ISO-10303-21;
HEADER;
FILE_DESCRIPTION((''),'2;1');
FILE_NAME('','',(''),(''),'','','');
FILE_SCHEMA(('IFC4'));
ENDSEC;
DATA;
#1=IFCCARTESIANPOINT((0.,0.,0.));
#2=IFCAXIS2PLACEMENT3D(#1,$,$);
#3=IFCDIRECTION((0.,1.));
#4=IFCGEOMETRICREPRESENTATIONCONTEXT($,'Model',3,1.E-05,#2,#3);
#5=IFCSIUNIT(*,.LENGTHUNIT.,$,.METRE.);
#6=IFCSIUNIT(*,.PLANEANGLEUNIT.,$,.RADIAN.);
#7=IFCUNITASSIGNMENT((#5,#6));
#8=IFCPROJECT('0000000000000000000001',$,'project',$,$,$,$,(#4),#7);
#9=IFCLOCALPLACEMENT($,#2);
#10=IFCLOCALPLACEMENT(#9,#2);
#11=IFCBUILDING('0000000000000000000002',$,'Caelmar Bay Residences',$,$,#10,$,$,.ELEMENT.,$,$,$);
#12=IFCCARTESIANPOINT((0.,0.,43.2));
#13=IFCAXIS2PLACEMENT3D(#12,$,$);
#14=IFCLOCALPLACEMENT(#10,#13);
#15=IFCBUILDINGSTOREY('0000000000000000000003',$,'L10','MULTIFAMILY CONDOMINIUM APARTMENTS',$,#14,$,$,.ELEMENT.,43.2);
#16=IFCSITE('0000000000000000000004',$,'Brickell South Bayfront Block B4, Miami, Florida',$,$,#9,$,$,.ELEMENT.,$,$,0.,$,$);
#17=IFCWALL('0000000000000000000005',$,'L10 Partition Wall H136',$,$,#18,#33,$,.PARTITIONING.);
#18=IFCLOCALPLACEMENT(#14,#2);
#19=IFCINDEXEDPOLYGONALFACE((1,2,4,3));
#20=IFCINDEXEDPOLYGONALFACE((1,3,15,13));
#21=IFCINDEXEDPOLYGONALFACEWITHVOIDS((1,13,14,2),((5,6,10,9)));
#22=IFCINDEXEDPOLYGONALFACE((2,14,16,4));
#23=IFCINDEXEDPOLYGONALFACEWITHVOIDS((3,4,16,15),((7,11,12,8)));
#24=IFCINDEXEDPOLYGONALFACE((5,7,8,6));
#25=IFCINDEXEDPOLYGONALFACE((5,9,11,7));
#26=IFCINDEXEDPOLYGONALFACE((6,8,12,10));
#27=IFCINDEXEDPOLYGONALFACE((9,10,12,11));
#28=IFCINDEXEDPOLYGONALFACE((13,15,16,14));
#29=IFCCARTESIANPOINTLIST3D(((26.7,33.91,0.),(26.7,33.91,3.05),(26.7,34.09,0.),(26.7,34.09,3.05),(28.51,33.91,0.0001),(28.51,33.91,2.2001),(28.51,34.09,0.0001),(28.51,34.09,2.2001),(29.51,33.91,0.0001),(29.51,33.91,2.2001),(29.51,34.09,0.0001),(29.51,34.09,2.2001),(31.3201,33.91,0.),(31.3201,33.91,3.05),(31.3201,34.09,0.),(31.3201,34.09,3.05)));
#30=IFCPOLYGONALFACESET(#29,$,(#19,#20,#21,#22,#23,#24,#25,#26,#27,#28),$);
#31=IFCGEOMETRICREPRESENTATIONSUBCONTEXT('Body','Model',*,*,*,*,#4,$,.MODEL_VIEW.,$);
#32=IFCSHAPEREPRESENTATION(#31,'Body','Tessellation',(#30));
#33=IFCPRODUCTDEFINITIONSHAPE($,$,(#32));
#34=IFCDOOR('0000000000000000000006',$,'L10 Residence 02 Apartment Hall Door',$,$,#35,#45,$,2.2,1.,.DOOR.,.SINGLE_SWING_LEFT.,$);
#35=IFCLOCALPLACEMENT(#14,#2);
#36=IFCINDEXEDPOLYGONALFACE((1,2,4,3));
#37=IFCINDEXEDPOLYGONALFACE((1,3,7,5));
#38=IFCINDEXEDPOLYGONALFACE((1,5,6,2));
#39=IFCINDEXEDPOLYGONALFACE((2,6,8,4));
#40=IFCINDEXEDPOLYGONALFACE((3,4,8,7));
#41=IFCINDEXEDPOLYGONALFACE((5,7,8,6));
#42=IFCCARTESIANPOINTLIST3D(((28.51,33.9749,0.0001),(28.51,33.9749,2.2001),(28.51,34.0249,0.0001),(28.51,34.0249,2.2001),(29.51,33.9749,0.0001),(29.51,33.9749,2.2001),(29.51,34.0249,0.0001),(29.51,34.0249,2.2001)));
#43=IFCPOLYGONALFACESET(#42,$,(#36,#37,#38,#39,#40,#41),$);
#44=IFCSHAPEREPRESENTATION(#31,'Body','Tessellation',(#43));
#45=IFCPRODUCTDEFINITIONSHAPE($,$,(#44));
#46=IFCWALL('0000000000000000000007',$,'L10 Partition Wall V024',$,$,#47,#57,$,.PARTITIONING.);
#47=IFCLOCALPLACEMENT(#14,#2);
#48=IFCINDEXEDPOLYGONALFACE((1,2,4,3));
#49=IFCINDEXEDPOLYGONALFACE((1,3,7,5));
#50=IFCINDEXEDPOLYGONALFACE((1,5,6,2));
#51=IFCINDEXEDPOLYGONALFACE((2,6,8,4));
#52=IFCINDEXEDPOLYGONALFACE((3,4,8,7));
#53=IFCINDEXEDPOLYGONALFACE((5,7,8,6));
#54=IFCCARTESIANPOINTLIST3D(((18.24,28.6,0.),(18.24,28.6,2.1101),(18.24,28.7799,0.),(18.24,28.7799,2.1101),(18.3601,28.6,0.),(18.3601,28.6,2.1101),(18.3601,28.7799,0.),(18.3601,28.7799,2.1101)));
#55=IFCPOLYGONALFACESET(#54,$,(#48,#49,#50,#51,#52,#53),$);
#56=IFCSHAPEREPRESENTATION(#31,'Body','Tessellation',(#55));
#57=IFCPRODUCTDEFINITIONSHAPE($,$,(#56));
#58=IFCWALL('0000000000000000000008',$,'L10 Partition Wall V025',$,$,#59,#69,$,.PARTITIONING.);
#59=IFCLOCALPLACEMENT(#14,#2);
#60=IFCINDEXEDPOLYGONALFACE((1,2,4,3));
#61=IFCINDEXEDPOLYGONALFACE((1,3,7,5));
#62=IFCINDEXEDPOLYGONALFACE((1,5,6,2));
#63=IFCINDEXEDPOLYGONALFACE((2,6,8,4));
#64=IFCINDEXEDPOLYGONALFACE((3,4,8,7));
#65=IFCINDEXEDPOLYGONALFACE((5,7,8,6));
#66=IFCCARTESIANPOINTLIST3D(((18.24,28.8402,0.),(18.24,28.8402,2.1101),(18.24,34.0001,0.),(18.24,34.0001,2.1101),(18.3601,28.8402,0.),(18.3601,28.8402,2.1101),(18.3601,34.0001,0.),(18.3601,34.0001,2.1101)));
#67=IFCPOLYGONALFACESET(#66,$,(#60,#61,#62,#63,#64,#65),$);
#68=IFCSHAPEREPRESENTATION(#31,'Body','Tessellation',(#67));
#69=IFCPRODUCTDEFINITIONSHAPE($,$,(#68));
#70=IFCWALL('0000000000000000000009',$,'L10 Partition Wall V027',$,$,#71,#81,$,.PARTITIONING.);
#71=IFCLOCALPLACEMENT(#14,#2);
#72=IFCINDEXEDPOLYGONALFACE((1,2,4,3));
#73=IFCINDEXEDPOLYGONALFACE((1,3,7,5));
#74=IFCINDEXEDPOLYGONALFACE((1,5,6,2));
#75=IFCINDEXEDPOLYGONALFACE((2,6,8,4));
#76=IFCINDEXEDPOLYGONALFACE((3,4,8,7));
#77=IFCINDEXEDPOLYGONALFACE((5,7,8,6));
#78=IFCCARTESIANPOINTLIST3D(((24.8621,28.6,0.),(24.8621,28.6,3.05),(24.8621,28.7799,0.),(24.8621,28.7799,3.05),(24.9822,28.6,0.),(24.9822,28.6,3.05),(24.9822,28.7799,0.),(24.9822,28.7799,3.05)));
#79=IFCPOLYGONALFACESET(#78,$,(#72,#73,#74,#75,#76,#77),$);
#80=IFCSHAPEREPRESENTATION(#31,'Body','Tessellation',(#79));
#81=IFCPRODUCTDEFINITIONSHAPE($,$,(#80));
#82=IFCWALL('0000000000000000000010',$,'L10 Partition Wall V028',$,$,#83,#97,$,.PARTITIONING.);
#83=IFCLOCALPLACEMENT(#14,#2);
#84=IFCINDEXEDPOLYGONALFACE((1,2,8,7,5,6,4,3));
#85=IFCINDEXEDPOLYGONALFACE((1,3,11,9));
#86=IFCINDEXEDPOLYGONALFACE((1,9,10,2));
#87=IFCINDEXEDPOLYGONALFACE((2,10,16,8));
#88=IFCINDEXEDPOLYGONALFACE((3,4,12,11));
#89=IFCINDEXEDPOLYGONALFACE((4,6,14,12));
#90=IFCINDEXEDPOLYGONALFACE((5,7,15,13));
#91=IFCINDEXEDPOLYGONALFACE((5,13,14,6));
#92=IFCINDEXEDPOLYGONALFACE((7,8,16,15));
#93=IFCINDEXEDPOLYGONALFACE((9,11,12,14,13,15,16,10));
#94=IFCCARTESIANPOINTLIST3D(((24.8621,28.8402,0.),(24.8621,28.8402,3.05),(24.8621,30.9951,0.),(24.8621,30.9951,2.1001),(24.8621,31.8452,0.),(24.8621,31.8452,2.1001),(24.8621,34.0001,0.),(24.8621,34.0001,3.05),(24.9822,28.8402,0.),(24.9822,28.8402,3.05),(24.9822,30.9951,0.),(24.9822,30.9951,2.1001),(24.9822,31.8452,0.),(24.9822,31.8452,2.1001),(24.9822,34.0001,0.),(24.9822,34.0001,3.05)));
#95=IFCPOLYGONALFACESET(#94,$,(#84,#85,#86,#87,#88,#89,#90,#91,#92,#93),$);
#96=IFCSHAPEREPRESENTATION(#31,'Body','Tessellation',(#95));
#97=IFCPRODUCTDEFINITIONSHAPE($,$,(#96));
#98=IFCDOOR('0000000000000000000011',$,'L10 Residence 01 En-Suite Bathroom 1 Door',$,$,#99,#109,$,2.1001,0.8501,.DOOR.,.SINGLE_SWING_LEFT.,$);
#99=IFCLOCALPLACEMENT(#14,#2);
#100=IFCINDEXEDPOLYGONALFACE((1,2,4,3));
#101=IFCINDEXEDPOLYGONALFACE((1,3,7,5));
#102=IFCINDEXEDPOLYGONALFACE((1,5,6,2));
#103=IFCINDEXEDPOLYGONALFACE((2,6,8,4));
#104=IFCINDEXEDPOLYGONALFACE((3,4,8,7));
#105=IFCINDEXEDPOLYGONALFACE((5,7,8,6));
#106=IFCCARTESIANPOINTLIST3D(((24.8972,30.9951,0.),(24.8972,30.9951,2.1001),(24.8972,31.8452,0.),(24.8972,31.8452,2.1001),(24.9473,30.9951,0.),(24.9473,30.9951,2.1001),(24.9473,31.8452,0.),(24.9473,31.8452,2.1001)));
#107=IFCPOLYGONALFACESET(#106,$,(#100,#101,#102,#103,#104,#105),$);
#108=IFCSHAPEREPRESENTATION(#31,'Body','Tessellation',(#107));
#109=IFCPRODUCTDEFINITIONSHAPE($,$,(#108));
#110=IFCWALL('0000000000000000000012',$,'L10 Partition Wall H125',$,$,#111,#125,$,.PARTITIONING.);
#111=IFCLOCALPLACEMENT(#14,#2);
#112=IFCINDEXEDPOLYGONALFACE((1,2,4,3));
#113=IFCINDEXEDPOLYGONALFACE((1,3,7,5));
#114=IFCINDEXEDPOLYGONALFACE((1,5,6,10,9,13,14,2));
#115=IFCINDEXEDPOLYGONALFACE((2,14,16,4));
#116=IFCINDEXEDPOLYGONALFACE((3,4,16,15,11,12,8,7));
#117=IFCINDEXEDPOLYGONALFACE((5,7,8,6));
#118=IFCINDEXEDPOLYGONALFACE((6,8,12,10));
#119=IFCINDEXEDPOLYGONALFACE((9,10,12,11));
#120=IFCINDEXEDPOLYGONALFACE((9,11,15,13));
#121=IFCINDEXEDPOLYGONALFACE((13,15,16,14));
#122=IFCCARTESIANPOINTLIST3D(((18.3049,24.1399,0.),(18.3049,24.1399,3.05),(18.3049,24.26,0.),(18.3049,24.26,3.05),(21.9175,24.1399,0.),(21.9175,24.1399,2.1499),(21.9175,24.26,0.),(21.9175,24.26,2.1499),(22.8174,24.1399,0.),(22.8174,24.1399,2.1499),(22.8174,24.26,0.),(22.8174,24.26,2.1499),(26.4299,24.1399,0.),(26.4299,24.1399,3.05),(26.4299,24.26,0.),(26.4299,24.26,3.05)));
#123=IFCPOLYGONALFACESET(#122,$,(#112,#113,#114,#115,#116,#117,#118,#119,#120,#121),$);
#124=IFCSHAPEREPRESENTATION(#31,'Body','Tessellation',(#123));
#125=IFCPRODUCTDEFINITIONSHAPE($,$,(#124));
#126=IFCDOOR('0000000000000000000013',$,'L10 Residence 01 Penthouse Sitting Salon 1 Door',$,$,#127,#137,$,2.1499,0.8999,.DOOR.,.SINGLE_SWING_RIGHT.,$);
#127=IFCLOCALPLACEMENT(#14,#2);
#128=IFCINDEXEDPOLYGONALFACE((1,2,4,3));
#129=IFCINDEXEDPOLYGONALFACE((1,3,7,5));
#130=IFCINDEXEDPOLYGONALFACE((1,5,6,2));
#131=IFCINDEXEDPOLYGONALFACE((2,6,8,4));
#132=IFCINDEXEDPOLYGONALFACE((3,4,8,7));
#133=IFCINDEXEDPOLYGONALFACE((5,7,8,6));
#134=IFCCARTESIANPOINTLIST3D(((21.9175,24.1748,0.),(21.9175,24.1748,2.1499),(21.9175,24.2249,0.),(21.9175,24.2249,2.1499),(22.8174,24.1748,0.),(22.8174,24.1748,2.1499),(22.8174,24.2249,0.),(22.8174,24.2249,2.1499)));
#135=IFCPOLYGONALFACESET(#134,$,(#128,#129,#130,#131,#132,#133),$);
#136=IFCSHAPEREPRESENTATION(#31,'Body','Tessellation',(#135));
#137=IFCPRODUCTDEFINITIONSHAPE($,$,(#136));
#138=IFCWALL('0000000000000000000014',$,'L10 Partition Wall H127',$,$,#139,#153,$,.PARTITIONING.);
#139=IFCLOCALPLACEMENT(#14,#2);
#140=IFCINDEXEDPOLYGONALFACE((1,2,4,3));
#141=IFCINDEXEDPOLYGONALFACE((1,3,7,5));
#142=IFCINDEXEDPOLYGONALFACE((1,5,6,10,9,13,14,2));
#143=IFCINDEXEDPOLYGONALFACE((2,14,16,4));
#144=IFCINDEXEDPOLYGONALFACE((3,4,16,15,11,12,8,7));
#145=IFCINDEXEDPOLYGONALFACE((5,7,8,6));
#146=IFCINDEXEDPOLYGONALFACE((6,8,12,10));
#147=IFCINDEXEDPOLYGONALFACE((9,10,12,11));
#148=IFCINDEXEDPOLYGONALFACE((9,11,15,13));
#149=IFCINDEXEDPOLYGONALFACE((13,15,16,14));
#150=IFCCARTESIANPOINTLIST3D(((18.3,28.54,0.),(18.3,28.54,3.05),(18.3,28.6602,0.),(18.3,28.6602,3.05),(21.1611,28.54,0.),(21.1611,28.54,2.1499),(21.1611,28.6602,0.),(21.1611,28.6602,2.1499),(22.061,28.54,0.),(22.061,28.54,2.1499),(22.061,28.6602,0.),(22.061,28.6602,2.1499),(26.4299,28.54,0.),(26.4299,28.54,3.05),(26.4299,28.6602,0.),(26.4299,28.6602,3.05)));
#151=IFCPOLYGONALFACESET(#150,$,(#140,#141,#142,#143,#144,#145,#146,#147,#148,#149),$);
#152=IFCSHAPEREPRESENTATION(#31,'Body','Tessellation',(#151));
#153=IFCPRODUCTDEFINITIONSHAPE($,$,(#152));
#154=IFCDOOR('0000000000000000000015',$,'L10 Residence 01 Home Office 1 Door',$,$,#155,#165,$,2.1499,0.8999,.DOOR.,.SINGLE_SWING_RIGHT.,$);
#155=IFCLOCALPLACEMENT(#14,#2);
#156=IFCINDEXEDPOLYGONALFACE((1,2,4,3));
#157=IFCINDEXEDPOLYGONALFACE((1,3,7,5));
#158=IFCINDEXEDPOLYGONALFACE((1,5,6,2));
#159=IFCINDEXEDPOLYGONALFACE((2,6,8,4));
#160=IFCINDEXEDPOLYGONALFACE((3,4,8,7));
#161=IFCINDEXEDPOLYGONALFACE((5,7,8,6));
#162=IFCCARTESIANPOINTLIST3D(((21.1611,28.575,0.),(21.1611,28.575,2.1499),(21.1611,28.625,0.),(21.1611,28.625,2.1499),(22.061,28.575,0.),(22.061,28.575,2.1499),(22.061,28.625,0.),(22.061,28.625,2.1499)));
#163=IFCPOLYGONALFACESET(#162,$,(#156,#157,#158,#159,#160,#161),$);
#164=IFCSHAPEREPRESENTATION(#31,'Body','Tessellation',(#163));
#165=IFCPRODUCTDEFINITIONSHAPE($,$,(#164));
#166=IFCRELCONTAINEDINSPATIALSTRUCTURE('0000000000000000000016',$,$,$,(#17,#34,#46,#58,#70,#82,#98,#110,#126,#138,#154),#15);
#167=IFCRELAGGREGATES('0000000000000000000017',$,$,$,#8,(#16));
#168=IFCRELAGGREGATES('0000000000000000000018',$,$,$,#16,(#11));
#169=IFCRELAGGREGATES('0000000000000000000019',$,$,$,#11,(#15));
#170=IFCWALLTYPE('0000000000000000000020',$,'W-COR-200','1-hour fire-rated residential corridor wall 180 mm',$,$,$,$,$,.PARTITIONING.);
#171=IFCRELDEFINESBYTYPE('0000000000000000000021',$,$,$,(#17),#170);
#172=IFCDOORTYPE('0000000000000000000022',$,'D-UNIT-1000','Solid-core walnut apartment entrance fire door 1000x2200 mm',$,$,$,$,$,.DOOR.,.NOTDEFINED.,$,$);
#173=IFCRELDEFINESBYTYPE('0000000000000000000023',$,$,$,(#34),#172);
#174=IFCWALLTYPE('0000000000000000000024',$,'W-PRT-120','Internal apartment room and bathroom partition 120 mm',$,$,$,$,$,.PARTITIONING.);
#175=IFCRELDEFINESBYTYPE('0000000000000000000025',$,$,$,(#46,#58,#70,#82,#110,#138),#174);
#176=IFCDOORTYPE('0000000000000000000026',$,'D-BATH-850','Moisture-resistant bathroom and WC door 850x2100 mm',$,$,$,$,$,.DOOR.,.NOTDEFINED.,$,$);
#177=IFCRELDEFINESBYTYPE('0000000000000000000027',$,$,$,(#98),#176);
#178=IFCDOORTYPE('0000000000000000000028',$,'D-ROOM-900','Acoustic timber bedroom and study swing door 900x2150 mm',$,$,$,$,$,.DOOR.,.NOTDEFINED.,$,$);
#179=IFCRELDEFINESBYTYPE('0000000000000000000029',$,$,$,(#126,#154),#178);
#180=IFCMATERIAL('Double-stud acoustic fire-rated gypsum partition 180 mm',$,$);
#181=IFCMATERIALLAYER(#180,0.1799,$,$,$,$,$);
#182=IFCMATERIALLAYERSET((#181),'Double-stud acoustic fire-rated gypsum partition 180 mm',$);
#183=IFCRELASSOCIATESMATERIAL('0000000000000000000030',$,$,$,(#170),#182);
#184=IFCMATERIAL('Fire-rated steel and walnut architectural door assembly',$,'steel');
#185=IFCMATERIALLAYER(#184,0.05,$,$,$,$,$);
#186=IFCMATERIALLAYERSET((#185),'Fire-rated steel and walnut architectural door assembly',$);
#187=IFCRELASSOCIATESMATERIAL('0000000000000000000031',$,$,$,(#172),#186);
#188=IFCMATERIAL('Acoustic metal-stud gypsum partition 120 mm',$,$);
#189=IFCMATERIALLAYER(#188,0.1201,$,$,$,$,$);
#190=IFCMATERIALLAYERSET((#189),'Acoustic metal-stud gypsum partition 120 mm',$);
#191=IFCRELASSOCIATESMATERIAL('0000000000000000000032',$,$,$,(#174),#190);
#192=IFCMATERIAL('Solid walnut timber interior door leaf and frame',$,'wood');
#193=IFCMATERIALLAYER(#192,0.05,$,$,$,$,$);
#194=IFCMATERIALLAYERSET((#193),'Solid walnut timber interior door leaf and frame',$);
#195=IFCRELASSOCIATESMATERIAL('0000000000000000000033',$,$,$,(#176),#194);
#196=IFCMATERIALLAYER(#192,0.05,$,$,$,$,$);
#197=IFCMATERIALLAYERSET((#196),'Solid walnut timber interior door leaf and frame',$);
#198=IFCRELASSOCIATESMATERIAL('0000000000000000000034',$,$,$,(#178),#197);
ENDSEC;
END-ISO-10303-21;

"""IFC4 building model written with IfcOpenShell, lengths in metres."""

from ifc_helpers import new_model, si_unit, direction, frame, frame_2d, origin, place, context, subcontext, project, spatial, rectangle, extrude, material, layer, layer_set, type_object, element, fill, save


model = new_model("IFC4")

# Units and contexts
model_context = context("Model", 3, precision=1e-05, world=origin(), true_north=direction((0.0, 1.0)))
body_context = subcontext(model_context, "Body", "Model", "MODEL_VIEW")
ifc_project = project(units=[si_unit("LENGTHUNIT", "METRE"), si_unit("PLANEANGLEUNIT", "RADIAN")], contexts=[model_context])

# Site, building, storey
site_placement = place(None, origin())
site = spatial("IfcSite", under=ifc_project, at=site_placement, Name="Brickell South Bayfront Block B4, Miami, Florida", CompositionType="ELEMENT", RefElevation=0.0)
building_placement = place(site_placement, origin())
building = spatial("IfcBuilding", under=site, at=building_placement, Name="Caelmar Bay Residences", CompositionType="ELEMENT")
storey_placement = place(building_placement, frame((0.0, 0.0, 43.2)))
storey = spatial("IfcBuildingStorey", under=building, at=storey_placement, Name="L10", Description="MULTIFAMILY CONDOMINIUM APARTMENTS", CompositionType="ELEMENT", Elevation=43.2)

# Wall, opening, door
ifc_material_1 = material(Name="Double-stud acoustic fire-rated gypsum partition 180 mm")
ifc_layer_1 = layer(ifc_material_1, 0.1799)
ifc_layer_set_1 = layer_set([ifc_layer_1], Name="Double-stud acoustic fire-rated gypsum partition 180 mm")
wall_type_1 = type_object("IfcWallType", Name="W-COR-200", Description="1-hour fire-rated residential corridor wall 180 mm", PredefinedType="PARTITIONING", material=ifc_layer_set_1)
wall_1_placement = place(storey_placement, frame((26.7, 34.0, 0.0), z_axis=(0.0, 0.0, 1.0), x_axis=(1.0, 0.0, 0.0)))
wall_1 = element("IfcWall", 1, at=wall_1_placement, inside=storey, type_object=wall_type_1, Name="L10 Partition Wall H136", PredefinedType="PARTITIONING", context=body_context, shape_type="SweptSolid", body=[
    extrude(rectangle(XDim=4.6201, YDim=0.1799, at=frame_2d((2.3101, 0.0))), origin(), (0.0, 0.0, 1.0), 3.05),
])
opening_1_placement = place(wall_1_placement, frame((1.8101, 0.0, 0.0)))
opening_1 = element("IfcOpeningElement", 2, at=opening_1_placement, cuts=wall_1, PredefinedType="OPENING", context=body_context, shape_type="SweptSolid", body=[
    extrude(rectangle(XDim=1.0, YDim=2.2, at=frame_2d((0.5, 1.1001))), frame((0.0, 0.0999, 0.0), z_axis=(0.0, -1.0, 0.0), x_axis=(1.0, 0.0, 0.0)), (0.0, 0.0, 1.0), 0.2),
])
ifc_material_2 = material(Name="Fire-rated steel and walnut architectural door assembly", Category="steel")
ifc_layer_2 = layer(ifc_material_2, 0.05)
ifc_layer_set_2 = layer_set([ifc_layer_2], Name="Fire-rated steel and walnut architectural door assembly")
door_type_1 = type_object("IfcDoorType", Name="D-UNIT-1000", Description="Solid-core walnut apartment entrance fire door 1000x2200 mm", OperationType="NOTDEFINED", PredefinedType="DOOR", material=ifc_layer_set_2)
door_1_placement = place(opening_1_placement, origin())
door_1 = element("IfcDoor", 3, at=door_1_placement, inside=storey, type_object=door_type_1, Name="L10 Residence 02 Apartment Hall Door", OperationType="SINGLE_SWING_LEFT", OverallHeight=2.2, OverallWidth=1.0, PredefinedType="DOOR", context=body_context, shape_type="SweptSolid", body=[
    extrude(rectangle(XDim=1.0, YDim=2.2, at=frame_2d((0.5, 1.1001))), frame((0.0, 0.0249, 0.0), z_axis=(0.0, -1.0, 0.0), x_axis=(1.0, 0.0, 0.0)), (0.0, 0.0, 1.0), 0.05),
])
fill(opening_1, door_1)

# Walls
ifc_material_3 = material(Name="Acoustic metal-stud gypsum partition 120 mm")
ifc_layer_3 = layer(ifc_material_3, 0.1201)
ifc_layer_set_3 = layer_set([ifc_layer_3], Name="Acoustic metal-stud gypsum partition 120 mm")
wall_type_2 = type_object("IfcWallType", Name="W-PRT-120", Description="Internal apartment room and bathroom partition 120 mm", PredefinedType="PARTITIONING", material=ifc_layer_set_3)
wall_2_placement = place(storey_placement, frame((18.3, 28.6001, 0.0), z_axis=(0.0, 0.0, 1.0), x_axis=(0.0, 1.0, 0.0)))
element("IfcWall", 4, at=wall_2_placement, inside=storey, type_object=wall_type_2, Name="L10 Partition Wall V024", PredefinedType="PARTITIONING", context=body_context, shape_type="SweptSolid", body=[
    extrude(rectangle(XDim=0.1799, YDim=0.1201, at=frame_2d((0.0898, 0.0))), origin(), (0.0, 0.0, 1.0), 2.1101),
])
wall_3_placement = place(storey_placement, frame((18.3, 28.8401, 0.0), z_axis=(0.0, 0.0, 1.0), x_axis=(0.0, 1.0, 0.0)))
element("IfcWall", 5, at=wall_3_placement, inside=storey, type_object=wall_type_2, Name="L10 Partition Wall V025", PredefinedType="PARTITIONING", context=body_context, shape_type="SweptSolid", body=[
    extrude(rectangle(XDim=5.1599, YDim=0.1201, at=frame_2d((2.5801, 0.0))), origin(), (0.0, 0.0, 1.0), 2.1101),
])
wall_4_placement = place(storey_placement, frame((24.9221, 28.6001, 0.0), z_axis=(0.0, 0.0, 1.0), x_axis=(0.0, 1.0, 0.0)))
element("IfcWall", 6, at=wall_4_placement, inside=storey, type_object=wall_type_2, Name="L10 Partition Wall V027", PredefinedType="PARTITIONING", context=body_context, shape_type="SweptSolid", body=[
    extrude(rectangle(XDim=0.1799, YDim=0.1201, at=frame_2d((0.0898, 0.0))), origin(), (0.0, 0.0, 1.0), 3.05),
])

# Walls, openings, doors
wall_5_placement = place(storey_placement, frame((24.9221, 28.8401, 0.0), z_axis=(0.0, 0.0, 1.0), x_axis=(0.0, 1.0, 0.0)))
wall_5 = element("IfcWall", 7, at=wall_5_placement, inside=storey, type_object=wall_type_2, Name="L10 Partition Wall V028", PredefinedType="PARTITIONING", context=body_context, shape_type="SweptSolid", body=[
    extrude(rectangle(XDim=5.1599, YDim=0.1201, at=frame_2d((2.5801, 0.0))), origin(), (0.0, 0.0, 1.0), 3.05),
])
opening_2_placement = place(wall_5_placement, frame((2.155, 0.0, 0.0)))
opening_2 = element("IfcOpeningElement", 8, at=opening_2_placement, cuts=wall_5, PredefinedType="OPENING", context=body_context, shape_type="SweptSolid", body=[
    extrude(rectangle(XDim=0.8501, YDim=2.1001, at=frame_2d((0.425, 1.05))), frame((0.0, 0.0701, 0.0), z_axis=(0.0, -1.0, 0.0), x_axis=(1.0, 0.0, 0.0)), (0.0, 0.0, 1.0), 0.1401),
])
ifc_material_4 = material(Name="Solid walnut timber interior door leaf and frame", Category="wood")
ifc_layer_4 = layer(ifc_material_4, 0.05)
ifc_layer_set_4 = layer_set([ifc_layer_4], Name="Solid walnut timber interior door leaf and frame")
door_type_2 = type_object("IfcDoorType", Name="D-BATH-850", Description="Moisture-resistant bathroom and WC door 850x2100 mm", OperationType="NOTDEFINED", PredefinedType="DOOR", material=ifc_layer_set_4)
door_2_placement = place(opening_2_placement, origin())
door_2 = element("IfcDoor", 9, at=door_2_placement, inside=storey, type_object=door_type_2, Name="L10 Residence 01 En-Suite Bathroom 1 Door", OperationType="SINGLE_SWING_LEFT", OverallHeight=2.1001, OverallWidth=0.8501, PredefinedType="DOOR", context=body_context, shape_type="SweptSolid", body=[
    extrude(rectangle(XDim=0.8501, YDim=2.1001, at=frame_2d((0.425, 1.05))), frame((0.0, 0.0249, 0.0), z_axis=(0.0, -1.0, 0.0), x_axis=(1.0, 0.0, 0.0)), (0.0, 0.0, 1.0), 0.05),
])
fill(opening_2, door_2)
wall_6_placement = place(storey_placement, frame((18.3049, 24.2, 0.0), z_axis=(0.0, 0.0, 1.0), x_axis=(1.0, 0.0, 0.0)))
wall_6 = element("IfcWall", 10, at=wall_6_placement, inside=storey, type_object=wall_type_2, Name="L10 Partition Wall H125", PredefinedType="PARTITIONING", context=body_context, shape_type="SweptSolid", body=[
    extrude(rectangle(XDim=8.125, YDim=0.1201, at=frame_2d((4.0625, 0.0))), origin(), (0.0, 0.0, 1.0), 3.05),
])
opening_3_placement = place(wall_6_placement, frame((3.6125, 0.0, 0.0)))
opening_3 = element("IfcOpeningElement", 11, at=opening_3_placement, cuts=wall_6, PredefinedType="OPENING", context=body_context, shape_type="SweptSolid", body=[
    extrude(rectangle(XDim=0.8999, YDim=2.1499, at=frame_2d((0.45, 1.075))), frame((0.0, 0.0701, 0.0), z_axis=(0.0, -1.0, 0.0), x_axis=(1.0, 0.0, 0.0)), (0.0, 0.0, 1.0), 0.1401),
])
ifc_layer_5 = layer(ifc_material_4, 0.05)
ifc_layer_set_5 = layer_set([ifc_layer_5], Name="Solid walnut timber interior door leaf and frame")
door_type_3 = type_object("IfcDoorType", Name="D-ROOM-900", Description="Acoustic timber bedroom and study swing door 900x2150 mm", OperationType="NOTDEFINED", PredefinedType="DOOR", material=ifc_layer_set_5)
door_3_placement = place(opening_3_placement, origin())
door_3 = element("IfcDoor", 12, at=door_3_placement, inside=storey, type_object=door_type_3, Name="L10 Residence 01 Penthouse Sitting Salon 1 Door", OperationType="SINGLE_SWING_RIGHT", OverallHeight=2.1499, OverallWidth=0.8999, PredefinedType="DOOR", context=body_context, shape_type="SweptSolid", body=[
    extrude(rectangle(XDim=0.8999, YDim=2.1499, at=frame_2d((0.45, 1.075))), frame((0.0, 0.0249, 0.0), z_axis=(0.0, -1.0, 0.0), x_axis=(1.0, 0.0, 0.0)), (0.0, 0.0, 1.0), 0.05),
])
fill(opening_3, door_3)
wall_7_placement = place(storey_placement, frame((18.3, 28.6001, 0.0), z_axis=(0.0, 0.0, 1.0), x_axis=(1.0, 0.0, 0.0)))
wall_7 = element("IfcWall", 13, at=wall_7_placement, inside=storey, type_object=wall_type_2, Name="L10 Partition Wall H127", PredefinedType="PARTITIONING", context=body_context, shape_type="SweptSolid", body=[
    extrude(rectangle(XDim=8.1299, YDim=0.1201, at=frame_2d((4.0649, 0.0))), origin(), (0.0, 0.0, 1.0), 3.05),
])
opening_4_placement = place(wall_7_placement, frame((2.8611, 0.0, 0.0)))
opening_4 = element("IfcOpeningElement", 14, at=opening_4_placement, cuts=wall_7, PredefinedType="OPENING", context=body_context, shape_type="SweptSolid", body=[
    extrude(rectangle(XDim=0.8999, YDim=2.1499, at=frame_2d((0.45, 1.075))), frame((0.0, 0.0701, 0.0), z_axis=(0.0, -1.0, 0.0), x_axis=(1.0, 0.0, 0.0)), (0.0, 0.0, 1.0), 0.1401),
])
door_4_placement = place(opening_4_placement, origin())
door_4 = element("IfcDoor", 15, at=door_4_placement, inside=storey, type_object=door_type_3, Name="L10 Residence 01 Home Office 1 Door", OperationType="SINGLE_SWING_RIGHT", OverallHeight=2.1499, OverallWidth=0.8999, PredefinedType="DOOR", context=body_context, shape_type="SweptSolid", body=[
    extrude(rectangle(XDim=0.8999, YDim=2.1499, at=frame_2d((0.45, 1.075))), frame((0.0, 0.0249, 0.0), z_axis=(0.0, -1.0, 0.0), x_axis=(1.0, 0.0, 0.0)), (0.0, 0.0, 1.0), 0.05),
])
fill(opening_4, door_4)

save(model, "model.ifc")
